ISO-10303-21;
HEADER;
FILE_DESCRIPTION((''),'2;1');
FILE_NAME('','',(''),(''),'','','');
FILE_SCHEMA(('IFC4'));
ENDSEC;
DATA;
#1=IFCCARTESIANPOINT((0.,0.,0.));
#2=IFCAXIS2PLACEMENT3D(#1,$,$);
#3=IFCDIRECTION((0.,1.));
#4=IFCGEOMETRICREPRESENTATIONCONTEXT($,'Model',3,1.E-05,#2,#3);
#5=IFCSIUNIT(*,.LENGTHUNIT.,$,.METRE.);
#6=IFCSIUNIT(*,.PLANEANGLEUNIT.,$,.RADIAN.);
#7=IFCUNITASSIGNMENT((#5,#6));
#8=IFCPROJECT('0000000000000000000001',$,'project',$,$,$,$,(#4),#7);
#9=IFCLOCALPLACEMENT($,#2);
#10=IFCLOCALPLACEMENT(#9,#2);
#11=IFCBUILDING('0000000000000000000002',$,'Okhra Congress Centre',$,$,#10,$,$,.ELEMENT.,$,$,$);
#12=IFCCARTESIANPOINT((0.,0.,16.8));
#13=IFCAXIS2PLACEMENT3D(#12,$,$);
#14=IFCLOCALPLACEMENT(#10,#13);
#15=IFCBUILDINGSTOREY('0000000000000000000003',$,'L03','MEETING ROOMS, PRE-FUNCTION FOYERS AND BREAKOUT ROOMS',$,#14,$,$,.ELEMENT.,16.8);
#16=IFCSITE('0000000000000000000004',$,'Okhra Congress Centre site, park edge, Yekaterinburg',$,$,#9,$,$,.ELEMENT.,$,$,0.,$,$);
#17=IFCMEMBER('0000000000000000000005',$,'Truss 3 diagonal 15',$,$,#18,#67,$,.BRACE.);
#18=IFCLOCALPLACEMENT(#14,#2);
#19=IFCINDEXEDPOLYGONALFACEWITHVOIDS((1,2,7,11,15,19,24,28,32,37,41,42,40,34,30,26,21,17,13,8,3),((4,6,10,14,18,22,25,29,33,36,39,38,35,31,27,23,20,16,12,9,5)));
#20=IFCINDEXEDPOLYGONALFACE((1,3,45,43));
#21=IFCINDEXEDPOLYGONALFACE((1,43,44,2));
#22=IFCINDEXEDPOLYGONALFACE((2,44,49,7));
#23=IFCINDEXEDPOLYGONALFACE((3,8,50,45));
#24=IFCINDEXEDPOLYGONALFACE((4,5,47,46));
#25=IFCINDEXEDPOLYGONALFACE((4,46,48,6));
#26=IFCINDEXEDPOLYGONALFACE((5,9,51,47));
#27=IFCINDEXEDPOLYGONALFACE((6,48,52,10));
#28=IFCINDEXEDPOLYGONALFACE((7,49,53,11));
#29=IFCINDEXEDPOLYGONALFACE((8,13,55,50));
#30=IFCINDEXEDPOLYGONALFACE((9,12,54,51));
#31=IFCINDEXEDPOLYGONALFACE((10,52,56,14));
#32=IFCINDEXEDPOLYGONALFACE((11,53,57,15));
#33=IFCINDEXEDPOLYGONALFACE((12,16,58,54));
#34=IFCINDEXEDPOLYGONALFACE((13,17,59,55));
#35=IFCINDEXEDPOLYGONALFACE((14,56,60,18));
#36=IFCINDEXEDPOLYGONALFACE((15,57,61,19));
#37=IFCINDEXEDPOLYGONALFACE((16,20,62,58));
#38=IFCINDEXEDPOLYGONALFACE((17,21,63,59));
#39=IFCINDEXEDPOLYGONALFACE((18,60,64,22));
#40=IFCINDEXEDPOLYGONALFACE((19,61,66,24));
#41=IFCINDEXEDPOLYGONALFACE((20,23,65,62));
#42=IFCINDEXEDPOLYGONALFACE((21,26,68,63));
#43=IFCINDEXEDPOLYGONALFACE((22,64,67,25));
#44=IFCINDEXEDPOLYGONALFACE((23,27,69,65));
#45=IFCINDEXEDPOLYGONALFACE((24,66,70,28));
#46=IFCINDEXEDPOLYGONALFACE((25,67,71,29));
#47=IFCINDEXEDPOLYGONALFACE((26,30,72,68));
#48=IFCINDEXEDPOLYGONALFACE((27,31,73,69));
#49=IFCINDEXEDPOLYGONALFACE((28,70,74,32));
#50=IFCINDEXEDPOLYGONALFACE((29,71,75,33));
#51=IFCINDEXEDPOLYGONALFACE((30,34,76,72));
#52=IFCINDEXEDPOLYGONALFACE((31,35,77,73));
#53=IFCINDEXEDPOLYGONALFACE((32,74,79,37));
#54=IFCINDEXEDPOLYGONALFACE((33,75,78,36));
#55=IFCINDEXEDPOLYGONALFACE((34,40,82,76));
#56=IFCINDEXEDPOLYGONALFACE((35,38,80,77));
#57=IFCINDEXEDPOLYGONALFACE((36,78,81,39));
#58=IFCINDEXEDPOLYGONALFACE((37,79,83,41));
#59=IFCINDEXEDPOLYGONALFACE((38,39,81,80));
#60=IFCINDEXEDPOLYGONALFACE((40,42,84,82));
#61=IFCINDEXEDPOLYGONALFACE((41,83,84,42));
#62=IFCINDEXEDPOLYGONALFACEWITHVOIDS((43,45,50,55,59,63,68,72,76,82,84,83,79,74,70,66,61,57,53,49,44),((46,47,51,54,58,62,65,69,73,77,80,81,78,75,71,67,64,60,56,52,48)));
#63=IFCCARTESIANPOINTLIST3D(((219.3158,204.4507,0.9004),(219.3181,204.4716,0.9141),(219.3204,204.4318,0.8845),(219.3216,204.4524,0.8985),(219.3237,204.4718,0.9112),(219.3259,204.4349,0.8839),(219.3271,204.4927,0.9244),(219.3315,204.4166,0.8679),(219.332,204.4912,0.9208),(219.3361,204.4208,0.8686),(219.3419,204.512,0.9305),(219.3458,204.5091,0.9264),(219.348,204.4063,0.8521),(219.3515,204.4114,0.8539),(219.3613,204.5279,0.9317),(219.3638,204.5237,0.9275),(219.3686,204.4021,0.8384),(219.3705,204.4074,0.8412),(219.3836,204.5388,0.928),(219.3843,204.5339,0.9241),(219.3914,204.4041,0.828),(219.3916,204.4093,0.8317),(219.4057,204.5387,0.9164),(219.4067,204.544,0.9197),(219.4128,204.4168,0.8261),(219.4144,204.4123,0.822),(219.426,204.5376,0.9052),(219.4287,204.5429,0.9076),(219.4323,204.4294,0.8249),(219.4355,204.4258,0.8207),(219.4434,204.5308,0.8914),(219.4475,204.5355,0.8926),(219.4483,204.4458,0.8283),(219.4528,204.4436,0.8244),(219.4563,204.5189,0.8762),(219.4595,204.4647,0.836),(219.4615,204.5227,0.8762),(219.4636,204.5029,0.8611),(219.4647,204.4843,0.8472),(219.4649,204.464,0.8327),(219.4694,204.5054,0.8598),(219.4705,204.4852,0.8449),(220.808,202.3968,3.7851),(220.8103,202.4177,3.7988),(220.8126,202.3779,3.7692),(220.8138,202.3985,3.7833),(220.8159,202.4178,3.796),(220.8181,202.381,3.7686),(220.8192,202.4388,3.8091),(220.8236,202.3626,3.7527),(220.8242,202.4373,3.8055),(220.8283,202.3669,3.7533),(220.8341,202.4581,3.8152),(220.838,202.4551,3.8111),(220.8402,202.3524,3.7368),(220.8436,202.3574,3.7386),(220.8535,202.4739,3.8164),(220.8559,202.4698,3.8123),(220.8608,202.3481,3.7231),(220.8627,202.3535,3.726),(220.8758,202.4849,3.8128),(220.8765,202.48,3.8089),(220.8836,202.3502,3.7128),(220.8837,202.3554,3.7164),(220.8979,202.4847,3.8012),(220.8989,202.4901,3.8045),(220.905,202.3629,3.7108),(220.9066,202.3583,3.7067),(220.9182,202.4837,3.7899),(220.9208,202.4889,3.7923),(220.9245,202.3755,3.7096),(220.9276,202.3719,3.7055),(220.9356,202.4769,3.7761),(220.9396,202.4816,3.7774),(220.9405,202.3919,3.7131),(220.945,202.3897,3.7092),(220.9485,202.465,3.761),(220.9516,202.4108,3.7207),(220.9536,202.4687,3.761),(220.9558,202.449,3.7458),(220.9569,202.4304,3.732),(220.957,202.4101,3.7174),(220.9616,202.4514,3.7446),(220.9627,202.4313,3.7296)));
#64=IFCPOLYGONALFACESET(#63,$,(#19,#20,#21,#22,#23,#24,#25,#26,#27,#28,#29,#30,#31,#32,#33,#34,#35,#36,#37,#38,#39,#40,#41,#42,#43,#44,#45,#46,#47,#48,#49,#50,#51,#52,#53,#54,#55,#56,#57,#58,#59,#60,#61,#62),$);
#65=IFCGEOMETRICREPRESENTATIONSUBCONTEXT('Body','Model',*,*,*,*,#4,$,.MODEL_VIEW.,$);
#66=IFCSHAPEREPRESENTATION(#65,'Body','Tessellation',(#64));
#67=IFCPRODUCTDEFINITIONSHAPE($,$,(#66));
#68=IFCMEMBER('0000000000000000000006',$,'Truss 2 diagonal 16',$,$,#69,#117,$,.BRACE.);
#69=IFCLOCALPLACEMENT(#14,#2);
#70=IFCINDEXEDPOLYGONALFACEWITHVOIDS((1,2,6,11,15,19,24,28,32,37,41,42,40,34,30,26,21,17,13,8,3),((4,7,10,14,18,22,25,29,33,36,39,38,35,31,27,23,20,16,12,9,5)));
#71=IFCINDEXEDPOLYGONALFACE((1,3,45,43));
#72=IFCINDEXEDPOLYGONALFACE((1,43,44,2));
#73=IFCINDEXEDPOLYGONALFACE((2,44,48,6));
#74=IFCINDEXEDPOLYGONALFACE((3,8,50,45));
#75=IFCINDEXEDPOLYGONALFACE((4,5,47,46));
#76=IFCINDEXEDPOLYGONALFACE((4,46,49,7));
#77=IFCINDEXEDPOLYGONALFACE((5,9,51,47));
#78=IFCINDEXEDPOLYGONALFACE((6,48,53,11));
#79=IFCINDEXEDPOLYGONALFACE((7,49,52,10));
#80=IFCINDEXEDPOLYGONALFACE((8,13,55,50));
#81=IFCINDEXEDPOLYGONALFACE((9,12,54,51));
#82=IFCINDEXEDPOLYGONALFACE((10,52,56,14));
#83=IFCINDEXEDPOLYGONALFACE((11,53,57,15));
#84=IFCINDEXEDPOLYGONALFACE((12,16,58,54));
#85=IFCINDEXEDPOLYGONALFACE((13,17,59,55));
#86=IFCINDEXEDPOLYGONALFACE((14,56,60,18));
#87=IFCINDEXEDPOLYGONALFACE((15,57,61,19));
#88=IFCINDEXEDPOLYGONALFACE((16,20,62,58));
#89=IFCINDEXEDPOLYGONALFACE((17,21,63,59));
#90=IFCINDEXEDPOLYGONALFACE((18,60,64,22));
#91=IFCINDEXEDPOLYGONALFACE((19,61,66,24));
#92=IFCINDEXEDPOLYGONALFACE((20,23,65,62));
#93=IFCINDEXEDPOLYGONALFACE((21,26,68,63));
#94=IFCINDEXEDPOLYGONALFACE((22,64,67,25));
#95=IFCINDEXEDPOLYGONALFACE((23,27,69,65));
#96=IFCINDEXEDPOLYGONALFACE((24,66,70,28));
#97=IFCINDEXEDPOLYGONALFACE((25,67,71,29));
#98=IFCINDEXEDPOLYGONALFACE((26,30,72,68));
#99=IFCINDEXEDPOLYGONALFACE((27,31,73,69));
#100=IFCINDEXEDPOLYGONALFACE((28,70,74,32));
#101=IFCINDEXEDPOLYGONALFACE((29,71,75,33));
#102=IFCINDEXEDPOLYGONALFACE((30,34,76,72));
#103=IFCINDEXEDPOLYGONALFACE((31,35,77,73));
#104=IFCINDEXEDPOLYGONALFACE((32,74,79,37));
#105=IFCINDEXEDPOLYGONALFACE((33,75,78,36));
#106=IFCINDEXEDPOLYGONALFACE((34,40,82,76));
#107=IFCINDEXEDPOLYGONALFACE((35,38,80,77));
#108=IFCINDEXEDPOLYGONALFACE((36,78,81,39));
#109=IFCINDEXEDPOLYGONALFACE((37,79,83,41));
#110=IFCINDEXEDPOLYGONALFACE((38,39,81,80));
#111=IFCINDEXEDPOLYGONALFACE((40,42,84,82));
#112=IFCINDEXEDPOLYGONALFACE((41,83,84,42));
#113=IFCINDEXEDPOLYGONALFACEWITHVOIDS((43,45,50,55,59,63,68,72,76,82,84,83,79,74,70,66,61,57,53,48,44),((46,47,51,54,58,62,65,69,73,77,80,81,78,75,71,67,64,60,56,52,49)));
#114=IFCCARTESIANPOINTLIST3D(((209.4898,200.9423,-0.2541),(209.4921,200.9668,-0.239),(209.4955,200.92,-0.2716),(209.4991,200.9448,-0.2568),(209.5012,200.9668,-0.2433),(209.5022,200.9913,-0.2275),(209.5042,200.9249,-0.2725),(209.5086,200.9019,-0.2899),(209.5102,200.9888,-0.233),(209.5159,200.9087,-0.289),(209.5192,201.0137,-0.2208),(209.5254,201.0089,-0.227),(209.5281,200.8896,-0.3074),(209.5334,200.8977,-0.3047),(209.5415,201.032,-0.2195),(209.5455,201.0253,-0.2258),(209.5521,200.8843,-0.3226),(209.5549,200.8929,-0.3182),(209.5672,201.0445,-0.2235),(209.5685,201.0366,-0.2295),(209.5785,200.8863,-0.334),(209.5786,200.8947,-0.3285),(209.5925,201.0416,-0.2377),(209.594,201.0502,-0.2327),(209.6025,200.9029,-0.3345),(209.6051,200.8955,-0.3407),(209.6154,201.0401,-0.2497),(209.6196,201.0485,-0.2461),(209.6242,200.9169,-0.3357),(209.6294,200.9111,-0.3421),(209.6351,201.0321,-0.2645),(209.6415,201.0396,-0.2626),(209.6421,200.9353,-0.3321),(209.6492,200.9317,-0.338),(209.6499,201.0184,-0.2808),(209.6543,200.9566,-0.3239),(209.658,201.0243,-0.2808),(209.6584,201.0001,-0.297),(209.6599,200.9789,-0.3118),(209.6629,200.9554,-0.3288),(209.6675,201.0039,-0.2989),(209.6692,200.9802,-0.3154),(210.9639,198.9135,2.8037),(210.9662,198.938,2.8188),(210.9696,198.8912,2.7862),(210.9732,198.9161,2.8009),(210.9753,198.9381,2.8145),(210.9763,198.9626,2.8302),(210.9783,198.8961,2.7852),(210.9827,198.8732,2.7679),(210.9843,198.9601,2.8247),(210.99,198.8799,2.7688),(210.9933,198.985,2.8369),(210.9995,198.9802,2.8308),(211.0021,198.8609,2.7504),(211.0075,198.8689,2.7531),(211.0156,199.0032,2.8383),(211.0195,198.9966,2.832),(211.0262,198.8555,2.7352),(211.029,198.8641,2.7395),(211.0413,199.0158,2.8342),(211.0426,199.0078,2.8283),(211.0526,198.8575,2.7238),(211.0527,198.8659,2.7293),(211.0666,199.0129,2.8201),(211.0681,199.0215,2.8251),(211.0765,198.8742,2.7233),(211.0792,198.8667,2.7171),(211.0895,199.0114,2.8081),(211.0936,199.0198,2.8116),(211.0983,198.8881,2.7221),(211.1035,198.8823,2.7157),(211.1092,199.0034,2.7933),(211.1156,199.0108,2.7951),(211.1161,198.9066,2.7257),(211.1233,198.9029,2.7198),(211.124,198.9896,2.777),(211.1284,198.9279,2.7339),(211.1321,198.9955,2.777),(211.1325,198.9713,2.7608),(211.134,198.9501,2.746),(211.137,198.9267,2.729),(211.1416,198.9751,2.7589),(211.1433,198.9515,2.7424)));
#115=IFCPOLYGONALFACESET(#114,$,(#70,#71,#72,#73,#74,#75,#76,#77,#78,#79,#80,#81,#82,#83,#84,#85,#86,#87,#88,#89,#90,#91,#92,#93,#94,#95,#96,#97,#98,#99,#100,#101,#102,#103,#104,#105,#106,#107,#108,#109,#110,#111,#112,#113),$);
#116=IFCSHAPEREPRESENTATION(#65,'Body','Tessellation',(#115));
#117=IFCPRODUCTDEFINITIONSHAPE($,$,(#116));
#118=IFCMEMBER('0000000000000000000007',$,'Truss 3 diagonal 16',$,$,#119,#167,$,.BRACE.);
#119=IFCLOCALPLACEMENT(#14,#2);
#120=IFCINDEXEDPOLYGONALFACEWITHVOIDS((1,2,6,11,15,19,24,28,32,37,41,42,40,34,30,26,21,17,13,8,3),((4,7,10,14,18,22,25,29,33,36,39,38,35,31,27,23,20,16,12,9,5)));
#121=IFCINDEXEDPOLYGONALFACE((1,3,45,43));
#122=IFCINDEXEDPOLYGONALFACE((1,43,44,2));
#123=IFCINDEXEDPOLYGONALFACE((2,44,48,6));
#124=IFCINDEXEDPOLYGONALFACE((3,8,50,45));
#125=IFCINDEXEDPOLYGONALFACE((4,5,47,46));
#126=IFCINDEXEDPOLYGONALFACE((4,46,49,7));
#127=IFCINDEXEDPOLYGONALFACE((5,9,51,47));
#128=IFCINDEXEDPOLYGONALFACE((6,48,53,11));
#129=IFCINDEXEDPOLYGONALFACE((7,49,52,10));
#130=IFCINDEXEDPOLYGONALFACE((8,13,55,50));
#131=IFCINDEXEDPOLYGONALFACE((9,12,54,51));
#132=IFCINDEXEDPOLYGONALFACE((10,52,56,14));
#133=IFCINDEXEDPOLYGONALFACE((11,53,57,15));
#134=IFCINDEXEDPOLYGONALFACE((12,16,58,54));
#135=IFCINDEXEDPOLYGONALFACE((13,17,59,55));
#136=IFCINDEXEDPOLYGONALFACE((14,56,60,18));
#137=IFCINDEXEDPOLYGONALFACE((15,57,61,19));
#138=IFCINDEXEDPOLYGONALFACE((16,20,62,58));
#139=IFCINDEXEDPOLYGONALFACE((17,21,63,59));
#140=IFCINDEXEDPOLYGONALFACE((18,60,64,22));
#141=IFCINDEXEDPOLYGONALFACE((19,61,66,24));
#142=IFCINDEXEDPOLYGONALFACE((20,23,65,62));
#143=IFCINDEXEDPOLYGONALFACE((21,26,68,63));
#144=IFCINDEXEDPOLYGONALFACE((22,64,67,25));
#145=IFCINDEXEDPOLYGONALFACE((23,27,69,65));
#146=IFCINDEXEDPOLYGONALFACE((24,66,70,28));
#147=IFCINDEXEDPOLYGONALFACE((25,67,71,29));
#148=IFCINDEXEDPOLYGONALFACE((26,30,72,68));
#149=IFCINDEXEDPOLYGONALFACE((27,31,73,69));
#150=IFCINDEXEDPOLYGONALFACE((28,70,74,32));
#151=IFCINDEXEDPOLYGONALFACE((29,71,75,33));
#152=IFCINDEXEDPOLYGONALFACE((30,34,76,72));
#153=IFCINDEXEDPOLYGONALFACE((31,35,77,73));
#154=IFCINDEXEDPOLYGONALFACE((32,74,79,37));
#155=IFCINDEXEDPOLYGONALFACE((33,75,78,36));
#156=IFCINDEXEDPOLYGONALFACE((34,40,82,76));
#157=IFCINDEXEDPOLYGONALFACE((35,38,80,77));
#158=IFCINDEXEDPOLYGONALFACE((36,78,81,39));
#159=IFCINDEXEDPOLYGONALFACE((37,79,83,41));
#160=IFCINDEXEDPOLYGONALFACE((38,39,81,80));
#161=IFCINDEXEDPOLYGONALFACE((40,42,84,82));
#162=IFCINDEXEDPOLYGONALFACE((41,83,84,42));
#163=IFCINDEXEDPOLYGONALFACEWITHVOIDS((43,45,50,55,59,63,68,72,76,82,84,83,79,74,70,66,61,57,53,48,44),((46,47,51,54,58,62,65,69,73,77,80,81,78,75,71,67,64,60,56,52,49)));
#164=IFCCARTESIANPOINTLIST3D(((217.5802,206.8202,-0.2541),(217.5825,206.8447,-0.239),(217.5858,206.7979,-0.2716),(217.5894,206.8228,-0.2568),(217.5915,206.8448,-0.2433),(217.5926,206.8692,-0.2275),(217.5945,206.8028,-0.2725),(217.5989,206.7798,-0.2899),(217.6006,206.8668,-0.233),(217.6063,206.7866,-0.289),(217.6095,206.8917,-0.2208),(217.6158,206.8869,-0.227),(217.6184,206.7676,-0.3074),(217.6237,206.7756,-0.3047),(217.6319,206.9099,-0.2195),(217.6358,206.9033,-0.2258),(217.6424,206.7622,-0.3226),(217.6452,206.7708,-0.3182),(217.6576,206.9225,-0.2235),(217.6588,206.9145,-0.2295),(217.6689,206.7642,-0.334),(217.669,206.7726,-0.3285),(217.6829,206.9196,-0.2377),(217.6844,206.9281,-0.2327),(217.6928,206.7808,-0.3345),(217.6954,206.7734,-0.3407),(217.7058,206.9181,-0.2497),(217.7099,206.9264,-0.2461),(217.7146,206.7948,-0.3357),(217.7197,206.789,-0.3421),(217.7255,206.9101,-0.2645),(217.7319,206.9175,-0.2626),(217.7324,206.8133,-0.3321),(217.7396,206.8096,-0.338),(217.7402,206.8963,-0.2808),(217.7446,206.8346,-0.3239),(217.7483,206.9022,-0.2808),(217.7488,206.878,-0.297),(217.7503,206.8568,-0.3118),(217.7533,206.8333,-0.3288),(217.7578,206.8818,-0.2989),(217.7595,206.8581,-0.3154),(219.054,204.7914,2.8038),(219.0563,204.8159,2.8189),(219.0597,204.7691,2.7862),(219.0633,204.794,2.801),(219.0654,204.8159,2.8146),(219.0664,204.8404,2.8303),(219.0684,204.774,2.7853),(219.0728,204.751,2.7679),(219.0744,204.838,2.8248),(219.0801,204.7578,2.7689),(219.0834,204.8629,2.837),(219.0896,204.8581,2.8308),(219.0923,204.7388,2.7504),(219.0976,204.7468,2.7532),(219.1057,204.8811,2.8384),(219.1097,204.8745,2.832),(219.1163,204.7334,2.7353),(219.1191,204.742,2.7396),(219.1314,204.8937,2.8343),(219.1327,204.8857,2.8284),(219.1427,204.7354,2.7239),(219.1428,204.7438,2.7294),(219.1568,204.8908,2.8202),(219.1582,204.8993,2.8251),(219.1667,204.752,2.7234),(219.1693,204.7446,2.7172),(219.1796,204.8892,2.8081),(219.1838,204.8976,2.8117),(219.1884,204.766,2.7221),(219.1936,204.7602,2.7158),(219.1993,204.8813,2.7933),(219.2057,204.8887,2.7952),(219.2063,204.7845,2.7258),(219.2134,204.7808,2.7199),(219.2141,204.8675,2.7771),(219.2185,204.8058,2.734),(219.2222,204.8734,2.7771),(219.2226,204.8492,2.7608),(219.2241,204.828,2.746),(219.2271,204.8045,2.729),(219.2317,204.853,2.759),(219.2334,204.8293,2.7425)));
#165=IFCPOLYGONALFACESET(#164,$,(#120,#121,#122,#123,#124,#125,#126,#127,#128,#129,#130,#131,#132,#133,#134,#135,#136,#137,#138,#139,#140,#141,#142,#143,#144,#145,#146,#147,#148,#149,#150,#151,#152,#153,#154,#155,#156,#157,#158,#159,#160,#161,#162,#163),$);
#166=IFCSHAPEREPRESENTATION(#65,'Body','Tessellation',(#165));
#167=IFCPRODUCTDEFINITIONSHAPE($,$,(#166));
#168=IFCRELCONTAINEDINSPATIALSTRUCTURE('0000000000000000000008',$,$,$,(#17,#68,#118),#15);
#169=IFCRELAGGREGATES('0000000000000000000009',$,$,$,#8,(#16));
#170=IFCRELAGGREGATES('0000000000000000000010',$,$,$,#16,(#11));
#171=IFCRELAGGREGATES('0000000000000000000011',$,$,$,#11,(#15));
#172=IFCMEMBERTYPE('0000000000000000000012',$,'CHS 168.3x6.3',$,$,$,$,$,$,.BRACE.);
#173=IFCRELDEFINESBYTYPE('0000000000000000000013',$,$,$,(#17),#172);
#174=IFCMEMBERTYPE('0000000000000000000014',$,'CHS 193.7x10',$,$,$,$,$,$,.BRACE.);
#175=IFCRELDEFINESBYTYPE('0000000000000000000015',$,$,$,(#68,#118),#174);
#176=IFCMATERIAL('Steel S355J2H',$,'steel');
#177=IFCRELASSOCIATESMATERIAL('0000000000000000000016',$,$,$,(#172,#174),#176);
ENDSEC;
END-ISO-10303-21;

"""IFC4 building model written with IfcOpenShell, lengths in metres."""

from ifc_helpers import new_model, si_unit, direction, frame, origin, origin_2d, place, context, subcontext, project, spatial, hollow_circle, extrude, material, material_profile, profile_set, type_object, element, save


model = new_model("IFC4")

# Units and contexts
model_context = context("Model", 3, precision=1e-05, world=origin(), true_north=direction((0.0, 1.0)))
body_context = subcontext(model_context, "Body", "Model", "MODEL_VIEW")
ifc_project = project(units=[si_unit("LENGTHUNIT", "METRE"), si_unit("PLANEANGLEUNIT", "RADIAN")], contexts=[model_context])

# Site, building, storey
site_placement = place(None, origin())
site = spatial("IfcSite", under=ifc_project, at=site_placement, Name="Okhra Congress Centre site, park edge, Yekaterinburg", CompositionType="ELEMENT", RefElevation=0.0)
building_placement = place(site_placement, origin())
building = spatial("IfcBuilding", under=site, at=building_placement, Name="Okhra Congress Centre", CompositionType="ELEMENT")
storey_placement = place(building_placement, frame((0.0, 0.0, 16.8)))
storey = spatial("IfcBuildingStorey", under=building, at=storey_placement, Name="L03", Description="MEETING ROOMS, PRE-FUNCTION FOYERS AND BREAKOUT ROOMS", CompositionType="ELEMENT", Elevation=16.8)

# Members
ifc_material_1 = material(Name="Steel S355J2H", Category="steel")
ifc_material_profile_1 = material_profile(ifc_material_1, hollow_circle(Radius=0.0842, WallThickness=0.0063, at=origin_2d()), Name="CHS 168.3x6.3")
ifc_profile_set_1 = profile_set([ifc_material_profile_1], Name="Steel S355J2H")
member_type_1 = type_object("IfcMemberType", Name="CHS 168.3x6.3", PredefinedType="BRACE", material=ifc_profile_set_1)
member_1_placement = place(storey_placement, frame((219.3933, 204.4731, 0.8762), z_axis=(0.388306, -0.534492, 0.750691), x_axis=(0.809035, 0.58776, 0.0)))
element("IfcMember", 1, at=member_1_placement, inside=storey, type_object=member_type_1, Name="Truss 3 diagonal 15", PredefinedType="BRACE", context=body_context, shape_type="SweptSolid", body=[
    extrude(hollow_circle(Radius=0.0842, WallThickness=0.0063, at=origin_2d()), origin(), (0.0, 0.0, 1.0), 3.8428),
])
ifc_material_profile_2 = material_profile(ifc_material_1, hollow_circle(Radius=0.0969, WallThickness=0.01, at=origin_2d()), Name="CHS 193.7x10")
ifc_profile_set_2 = profile_set([ifc_material_profile_2], Name="Steel S355J2H")
member_type_2 = type_object("IfcMemberType", Name="CHS 193.7x10", PredefinedType="BRACE", material=ifc_profile_set_2)
for number, where, z_axis, x_axis, name in (
    (2, (209.5796, 200.9673, -0.2808), (0.372752, -0.513013, 0.773223), (0.808997, 0.587813, 0.0), "Truss 2 diagonal 16"),
    (3, (217.6699, 206.8452, -0.2808), (0.372699, -0.513024, 0.773241), (0.809043, 0.587749, 0.0), "Truss 3 diagonal 16"),
):
    element("IfcMember", number, at=place(storey_placement, frame(where, z_axis=z_axis, x_axis=x_axis)), inside=storey, type_object=member_type_2, Name=name, PredefinedType="BRACE", context=body_context, shape_type="SweptSolid", body=[
        extrude(hollow_circle(Radius=0.0969, WallThickness=0.01, at=origin_2d()), origin(), (0.0, 0.0, 1.0), 3.9546),
    ])

save(model, "model.ifc")
